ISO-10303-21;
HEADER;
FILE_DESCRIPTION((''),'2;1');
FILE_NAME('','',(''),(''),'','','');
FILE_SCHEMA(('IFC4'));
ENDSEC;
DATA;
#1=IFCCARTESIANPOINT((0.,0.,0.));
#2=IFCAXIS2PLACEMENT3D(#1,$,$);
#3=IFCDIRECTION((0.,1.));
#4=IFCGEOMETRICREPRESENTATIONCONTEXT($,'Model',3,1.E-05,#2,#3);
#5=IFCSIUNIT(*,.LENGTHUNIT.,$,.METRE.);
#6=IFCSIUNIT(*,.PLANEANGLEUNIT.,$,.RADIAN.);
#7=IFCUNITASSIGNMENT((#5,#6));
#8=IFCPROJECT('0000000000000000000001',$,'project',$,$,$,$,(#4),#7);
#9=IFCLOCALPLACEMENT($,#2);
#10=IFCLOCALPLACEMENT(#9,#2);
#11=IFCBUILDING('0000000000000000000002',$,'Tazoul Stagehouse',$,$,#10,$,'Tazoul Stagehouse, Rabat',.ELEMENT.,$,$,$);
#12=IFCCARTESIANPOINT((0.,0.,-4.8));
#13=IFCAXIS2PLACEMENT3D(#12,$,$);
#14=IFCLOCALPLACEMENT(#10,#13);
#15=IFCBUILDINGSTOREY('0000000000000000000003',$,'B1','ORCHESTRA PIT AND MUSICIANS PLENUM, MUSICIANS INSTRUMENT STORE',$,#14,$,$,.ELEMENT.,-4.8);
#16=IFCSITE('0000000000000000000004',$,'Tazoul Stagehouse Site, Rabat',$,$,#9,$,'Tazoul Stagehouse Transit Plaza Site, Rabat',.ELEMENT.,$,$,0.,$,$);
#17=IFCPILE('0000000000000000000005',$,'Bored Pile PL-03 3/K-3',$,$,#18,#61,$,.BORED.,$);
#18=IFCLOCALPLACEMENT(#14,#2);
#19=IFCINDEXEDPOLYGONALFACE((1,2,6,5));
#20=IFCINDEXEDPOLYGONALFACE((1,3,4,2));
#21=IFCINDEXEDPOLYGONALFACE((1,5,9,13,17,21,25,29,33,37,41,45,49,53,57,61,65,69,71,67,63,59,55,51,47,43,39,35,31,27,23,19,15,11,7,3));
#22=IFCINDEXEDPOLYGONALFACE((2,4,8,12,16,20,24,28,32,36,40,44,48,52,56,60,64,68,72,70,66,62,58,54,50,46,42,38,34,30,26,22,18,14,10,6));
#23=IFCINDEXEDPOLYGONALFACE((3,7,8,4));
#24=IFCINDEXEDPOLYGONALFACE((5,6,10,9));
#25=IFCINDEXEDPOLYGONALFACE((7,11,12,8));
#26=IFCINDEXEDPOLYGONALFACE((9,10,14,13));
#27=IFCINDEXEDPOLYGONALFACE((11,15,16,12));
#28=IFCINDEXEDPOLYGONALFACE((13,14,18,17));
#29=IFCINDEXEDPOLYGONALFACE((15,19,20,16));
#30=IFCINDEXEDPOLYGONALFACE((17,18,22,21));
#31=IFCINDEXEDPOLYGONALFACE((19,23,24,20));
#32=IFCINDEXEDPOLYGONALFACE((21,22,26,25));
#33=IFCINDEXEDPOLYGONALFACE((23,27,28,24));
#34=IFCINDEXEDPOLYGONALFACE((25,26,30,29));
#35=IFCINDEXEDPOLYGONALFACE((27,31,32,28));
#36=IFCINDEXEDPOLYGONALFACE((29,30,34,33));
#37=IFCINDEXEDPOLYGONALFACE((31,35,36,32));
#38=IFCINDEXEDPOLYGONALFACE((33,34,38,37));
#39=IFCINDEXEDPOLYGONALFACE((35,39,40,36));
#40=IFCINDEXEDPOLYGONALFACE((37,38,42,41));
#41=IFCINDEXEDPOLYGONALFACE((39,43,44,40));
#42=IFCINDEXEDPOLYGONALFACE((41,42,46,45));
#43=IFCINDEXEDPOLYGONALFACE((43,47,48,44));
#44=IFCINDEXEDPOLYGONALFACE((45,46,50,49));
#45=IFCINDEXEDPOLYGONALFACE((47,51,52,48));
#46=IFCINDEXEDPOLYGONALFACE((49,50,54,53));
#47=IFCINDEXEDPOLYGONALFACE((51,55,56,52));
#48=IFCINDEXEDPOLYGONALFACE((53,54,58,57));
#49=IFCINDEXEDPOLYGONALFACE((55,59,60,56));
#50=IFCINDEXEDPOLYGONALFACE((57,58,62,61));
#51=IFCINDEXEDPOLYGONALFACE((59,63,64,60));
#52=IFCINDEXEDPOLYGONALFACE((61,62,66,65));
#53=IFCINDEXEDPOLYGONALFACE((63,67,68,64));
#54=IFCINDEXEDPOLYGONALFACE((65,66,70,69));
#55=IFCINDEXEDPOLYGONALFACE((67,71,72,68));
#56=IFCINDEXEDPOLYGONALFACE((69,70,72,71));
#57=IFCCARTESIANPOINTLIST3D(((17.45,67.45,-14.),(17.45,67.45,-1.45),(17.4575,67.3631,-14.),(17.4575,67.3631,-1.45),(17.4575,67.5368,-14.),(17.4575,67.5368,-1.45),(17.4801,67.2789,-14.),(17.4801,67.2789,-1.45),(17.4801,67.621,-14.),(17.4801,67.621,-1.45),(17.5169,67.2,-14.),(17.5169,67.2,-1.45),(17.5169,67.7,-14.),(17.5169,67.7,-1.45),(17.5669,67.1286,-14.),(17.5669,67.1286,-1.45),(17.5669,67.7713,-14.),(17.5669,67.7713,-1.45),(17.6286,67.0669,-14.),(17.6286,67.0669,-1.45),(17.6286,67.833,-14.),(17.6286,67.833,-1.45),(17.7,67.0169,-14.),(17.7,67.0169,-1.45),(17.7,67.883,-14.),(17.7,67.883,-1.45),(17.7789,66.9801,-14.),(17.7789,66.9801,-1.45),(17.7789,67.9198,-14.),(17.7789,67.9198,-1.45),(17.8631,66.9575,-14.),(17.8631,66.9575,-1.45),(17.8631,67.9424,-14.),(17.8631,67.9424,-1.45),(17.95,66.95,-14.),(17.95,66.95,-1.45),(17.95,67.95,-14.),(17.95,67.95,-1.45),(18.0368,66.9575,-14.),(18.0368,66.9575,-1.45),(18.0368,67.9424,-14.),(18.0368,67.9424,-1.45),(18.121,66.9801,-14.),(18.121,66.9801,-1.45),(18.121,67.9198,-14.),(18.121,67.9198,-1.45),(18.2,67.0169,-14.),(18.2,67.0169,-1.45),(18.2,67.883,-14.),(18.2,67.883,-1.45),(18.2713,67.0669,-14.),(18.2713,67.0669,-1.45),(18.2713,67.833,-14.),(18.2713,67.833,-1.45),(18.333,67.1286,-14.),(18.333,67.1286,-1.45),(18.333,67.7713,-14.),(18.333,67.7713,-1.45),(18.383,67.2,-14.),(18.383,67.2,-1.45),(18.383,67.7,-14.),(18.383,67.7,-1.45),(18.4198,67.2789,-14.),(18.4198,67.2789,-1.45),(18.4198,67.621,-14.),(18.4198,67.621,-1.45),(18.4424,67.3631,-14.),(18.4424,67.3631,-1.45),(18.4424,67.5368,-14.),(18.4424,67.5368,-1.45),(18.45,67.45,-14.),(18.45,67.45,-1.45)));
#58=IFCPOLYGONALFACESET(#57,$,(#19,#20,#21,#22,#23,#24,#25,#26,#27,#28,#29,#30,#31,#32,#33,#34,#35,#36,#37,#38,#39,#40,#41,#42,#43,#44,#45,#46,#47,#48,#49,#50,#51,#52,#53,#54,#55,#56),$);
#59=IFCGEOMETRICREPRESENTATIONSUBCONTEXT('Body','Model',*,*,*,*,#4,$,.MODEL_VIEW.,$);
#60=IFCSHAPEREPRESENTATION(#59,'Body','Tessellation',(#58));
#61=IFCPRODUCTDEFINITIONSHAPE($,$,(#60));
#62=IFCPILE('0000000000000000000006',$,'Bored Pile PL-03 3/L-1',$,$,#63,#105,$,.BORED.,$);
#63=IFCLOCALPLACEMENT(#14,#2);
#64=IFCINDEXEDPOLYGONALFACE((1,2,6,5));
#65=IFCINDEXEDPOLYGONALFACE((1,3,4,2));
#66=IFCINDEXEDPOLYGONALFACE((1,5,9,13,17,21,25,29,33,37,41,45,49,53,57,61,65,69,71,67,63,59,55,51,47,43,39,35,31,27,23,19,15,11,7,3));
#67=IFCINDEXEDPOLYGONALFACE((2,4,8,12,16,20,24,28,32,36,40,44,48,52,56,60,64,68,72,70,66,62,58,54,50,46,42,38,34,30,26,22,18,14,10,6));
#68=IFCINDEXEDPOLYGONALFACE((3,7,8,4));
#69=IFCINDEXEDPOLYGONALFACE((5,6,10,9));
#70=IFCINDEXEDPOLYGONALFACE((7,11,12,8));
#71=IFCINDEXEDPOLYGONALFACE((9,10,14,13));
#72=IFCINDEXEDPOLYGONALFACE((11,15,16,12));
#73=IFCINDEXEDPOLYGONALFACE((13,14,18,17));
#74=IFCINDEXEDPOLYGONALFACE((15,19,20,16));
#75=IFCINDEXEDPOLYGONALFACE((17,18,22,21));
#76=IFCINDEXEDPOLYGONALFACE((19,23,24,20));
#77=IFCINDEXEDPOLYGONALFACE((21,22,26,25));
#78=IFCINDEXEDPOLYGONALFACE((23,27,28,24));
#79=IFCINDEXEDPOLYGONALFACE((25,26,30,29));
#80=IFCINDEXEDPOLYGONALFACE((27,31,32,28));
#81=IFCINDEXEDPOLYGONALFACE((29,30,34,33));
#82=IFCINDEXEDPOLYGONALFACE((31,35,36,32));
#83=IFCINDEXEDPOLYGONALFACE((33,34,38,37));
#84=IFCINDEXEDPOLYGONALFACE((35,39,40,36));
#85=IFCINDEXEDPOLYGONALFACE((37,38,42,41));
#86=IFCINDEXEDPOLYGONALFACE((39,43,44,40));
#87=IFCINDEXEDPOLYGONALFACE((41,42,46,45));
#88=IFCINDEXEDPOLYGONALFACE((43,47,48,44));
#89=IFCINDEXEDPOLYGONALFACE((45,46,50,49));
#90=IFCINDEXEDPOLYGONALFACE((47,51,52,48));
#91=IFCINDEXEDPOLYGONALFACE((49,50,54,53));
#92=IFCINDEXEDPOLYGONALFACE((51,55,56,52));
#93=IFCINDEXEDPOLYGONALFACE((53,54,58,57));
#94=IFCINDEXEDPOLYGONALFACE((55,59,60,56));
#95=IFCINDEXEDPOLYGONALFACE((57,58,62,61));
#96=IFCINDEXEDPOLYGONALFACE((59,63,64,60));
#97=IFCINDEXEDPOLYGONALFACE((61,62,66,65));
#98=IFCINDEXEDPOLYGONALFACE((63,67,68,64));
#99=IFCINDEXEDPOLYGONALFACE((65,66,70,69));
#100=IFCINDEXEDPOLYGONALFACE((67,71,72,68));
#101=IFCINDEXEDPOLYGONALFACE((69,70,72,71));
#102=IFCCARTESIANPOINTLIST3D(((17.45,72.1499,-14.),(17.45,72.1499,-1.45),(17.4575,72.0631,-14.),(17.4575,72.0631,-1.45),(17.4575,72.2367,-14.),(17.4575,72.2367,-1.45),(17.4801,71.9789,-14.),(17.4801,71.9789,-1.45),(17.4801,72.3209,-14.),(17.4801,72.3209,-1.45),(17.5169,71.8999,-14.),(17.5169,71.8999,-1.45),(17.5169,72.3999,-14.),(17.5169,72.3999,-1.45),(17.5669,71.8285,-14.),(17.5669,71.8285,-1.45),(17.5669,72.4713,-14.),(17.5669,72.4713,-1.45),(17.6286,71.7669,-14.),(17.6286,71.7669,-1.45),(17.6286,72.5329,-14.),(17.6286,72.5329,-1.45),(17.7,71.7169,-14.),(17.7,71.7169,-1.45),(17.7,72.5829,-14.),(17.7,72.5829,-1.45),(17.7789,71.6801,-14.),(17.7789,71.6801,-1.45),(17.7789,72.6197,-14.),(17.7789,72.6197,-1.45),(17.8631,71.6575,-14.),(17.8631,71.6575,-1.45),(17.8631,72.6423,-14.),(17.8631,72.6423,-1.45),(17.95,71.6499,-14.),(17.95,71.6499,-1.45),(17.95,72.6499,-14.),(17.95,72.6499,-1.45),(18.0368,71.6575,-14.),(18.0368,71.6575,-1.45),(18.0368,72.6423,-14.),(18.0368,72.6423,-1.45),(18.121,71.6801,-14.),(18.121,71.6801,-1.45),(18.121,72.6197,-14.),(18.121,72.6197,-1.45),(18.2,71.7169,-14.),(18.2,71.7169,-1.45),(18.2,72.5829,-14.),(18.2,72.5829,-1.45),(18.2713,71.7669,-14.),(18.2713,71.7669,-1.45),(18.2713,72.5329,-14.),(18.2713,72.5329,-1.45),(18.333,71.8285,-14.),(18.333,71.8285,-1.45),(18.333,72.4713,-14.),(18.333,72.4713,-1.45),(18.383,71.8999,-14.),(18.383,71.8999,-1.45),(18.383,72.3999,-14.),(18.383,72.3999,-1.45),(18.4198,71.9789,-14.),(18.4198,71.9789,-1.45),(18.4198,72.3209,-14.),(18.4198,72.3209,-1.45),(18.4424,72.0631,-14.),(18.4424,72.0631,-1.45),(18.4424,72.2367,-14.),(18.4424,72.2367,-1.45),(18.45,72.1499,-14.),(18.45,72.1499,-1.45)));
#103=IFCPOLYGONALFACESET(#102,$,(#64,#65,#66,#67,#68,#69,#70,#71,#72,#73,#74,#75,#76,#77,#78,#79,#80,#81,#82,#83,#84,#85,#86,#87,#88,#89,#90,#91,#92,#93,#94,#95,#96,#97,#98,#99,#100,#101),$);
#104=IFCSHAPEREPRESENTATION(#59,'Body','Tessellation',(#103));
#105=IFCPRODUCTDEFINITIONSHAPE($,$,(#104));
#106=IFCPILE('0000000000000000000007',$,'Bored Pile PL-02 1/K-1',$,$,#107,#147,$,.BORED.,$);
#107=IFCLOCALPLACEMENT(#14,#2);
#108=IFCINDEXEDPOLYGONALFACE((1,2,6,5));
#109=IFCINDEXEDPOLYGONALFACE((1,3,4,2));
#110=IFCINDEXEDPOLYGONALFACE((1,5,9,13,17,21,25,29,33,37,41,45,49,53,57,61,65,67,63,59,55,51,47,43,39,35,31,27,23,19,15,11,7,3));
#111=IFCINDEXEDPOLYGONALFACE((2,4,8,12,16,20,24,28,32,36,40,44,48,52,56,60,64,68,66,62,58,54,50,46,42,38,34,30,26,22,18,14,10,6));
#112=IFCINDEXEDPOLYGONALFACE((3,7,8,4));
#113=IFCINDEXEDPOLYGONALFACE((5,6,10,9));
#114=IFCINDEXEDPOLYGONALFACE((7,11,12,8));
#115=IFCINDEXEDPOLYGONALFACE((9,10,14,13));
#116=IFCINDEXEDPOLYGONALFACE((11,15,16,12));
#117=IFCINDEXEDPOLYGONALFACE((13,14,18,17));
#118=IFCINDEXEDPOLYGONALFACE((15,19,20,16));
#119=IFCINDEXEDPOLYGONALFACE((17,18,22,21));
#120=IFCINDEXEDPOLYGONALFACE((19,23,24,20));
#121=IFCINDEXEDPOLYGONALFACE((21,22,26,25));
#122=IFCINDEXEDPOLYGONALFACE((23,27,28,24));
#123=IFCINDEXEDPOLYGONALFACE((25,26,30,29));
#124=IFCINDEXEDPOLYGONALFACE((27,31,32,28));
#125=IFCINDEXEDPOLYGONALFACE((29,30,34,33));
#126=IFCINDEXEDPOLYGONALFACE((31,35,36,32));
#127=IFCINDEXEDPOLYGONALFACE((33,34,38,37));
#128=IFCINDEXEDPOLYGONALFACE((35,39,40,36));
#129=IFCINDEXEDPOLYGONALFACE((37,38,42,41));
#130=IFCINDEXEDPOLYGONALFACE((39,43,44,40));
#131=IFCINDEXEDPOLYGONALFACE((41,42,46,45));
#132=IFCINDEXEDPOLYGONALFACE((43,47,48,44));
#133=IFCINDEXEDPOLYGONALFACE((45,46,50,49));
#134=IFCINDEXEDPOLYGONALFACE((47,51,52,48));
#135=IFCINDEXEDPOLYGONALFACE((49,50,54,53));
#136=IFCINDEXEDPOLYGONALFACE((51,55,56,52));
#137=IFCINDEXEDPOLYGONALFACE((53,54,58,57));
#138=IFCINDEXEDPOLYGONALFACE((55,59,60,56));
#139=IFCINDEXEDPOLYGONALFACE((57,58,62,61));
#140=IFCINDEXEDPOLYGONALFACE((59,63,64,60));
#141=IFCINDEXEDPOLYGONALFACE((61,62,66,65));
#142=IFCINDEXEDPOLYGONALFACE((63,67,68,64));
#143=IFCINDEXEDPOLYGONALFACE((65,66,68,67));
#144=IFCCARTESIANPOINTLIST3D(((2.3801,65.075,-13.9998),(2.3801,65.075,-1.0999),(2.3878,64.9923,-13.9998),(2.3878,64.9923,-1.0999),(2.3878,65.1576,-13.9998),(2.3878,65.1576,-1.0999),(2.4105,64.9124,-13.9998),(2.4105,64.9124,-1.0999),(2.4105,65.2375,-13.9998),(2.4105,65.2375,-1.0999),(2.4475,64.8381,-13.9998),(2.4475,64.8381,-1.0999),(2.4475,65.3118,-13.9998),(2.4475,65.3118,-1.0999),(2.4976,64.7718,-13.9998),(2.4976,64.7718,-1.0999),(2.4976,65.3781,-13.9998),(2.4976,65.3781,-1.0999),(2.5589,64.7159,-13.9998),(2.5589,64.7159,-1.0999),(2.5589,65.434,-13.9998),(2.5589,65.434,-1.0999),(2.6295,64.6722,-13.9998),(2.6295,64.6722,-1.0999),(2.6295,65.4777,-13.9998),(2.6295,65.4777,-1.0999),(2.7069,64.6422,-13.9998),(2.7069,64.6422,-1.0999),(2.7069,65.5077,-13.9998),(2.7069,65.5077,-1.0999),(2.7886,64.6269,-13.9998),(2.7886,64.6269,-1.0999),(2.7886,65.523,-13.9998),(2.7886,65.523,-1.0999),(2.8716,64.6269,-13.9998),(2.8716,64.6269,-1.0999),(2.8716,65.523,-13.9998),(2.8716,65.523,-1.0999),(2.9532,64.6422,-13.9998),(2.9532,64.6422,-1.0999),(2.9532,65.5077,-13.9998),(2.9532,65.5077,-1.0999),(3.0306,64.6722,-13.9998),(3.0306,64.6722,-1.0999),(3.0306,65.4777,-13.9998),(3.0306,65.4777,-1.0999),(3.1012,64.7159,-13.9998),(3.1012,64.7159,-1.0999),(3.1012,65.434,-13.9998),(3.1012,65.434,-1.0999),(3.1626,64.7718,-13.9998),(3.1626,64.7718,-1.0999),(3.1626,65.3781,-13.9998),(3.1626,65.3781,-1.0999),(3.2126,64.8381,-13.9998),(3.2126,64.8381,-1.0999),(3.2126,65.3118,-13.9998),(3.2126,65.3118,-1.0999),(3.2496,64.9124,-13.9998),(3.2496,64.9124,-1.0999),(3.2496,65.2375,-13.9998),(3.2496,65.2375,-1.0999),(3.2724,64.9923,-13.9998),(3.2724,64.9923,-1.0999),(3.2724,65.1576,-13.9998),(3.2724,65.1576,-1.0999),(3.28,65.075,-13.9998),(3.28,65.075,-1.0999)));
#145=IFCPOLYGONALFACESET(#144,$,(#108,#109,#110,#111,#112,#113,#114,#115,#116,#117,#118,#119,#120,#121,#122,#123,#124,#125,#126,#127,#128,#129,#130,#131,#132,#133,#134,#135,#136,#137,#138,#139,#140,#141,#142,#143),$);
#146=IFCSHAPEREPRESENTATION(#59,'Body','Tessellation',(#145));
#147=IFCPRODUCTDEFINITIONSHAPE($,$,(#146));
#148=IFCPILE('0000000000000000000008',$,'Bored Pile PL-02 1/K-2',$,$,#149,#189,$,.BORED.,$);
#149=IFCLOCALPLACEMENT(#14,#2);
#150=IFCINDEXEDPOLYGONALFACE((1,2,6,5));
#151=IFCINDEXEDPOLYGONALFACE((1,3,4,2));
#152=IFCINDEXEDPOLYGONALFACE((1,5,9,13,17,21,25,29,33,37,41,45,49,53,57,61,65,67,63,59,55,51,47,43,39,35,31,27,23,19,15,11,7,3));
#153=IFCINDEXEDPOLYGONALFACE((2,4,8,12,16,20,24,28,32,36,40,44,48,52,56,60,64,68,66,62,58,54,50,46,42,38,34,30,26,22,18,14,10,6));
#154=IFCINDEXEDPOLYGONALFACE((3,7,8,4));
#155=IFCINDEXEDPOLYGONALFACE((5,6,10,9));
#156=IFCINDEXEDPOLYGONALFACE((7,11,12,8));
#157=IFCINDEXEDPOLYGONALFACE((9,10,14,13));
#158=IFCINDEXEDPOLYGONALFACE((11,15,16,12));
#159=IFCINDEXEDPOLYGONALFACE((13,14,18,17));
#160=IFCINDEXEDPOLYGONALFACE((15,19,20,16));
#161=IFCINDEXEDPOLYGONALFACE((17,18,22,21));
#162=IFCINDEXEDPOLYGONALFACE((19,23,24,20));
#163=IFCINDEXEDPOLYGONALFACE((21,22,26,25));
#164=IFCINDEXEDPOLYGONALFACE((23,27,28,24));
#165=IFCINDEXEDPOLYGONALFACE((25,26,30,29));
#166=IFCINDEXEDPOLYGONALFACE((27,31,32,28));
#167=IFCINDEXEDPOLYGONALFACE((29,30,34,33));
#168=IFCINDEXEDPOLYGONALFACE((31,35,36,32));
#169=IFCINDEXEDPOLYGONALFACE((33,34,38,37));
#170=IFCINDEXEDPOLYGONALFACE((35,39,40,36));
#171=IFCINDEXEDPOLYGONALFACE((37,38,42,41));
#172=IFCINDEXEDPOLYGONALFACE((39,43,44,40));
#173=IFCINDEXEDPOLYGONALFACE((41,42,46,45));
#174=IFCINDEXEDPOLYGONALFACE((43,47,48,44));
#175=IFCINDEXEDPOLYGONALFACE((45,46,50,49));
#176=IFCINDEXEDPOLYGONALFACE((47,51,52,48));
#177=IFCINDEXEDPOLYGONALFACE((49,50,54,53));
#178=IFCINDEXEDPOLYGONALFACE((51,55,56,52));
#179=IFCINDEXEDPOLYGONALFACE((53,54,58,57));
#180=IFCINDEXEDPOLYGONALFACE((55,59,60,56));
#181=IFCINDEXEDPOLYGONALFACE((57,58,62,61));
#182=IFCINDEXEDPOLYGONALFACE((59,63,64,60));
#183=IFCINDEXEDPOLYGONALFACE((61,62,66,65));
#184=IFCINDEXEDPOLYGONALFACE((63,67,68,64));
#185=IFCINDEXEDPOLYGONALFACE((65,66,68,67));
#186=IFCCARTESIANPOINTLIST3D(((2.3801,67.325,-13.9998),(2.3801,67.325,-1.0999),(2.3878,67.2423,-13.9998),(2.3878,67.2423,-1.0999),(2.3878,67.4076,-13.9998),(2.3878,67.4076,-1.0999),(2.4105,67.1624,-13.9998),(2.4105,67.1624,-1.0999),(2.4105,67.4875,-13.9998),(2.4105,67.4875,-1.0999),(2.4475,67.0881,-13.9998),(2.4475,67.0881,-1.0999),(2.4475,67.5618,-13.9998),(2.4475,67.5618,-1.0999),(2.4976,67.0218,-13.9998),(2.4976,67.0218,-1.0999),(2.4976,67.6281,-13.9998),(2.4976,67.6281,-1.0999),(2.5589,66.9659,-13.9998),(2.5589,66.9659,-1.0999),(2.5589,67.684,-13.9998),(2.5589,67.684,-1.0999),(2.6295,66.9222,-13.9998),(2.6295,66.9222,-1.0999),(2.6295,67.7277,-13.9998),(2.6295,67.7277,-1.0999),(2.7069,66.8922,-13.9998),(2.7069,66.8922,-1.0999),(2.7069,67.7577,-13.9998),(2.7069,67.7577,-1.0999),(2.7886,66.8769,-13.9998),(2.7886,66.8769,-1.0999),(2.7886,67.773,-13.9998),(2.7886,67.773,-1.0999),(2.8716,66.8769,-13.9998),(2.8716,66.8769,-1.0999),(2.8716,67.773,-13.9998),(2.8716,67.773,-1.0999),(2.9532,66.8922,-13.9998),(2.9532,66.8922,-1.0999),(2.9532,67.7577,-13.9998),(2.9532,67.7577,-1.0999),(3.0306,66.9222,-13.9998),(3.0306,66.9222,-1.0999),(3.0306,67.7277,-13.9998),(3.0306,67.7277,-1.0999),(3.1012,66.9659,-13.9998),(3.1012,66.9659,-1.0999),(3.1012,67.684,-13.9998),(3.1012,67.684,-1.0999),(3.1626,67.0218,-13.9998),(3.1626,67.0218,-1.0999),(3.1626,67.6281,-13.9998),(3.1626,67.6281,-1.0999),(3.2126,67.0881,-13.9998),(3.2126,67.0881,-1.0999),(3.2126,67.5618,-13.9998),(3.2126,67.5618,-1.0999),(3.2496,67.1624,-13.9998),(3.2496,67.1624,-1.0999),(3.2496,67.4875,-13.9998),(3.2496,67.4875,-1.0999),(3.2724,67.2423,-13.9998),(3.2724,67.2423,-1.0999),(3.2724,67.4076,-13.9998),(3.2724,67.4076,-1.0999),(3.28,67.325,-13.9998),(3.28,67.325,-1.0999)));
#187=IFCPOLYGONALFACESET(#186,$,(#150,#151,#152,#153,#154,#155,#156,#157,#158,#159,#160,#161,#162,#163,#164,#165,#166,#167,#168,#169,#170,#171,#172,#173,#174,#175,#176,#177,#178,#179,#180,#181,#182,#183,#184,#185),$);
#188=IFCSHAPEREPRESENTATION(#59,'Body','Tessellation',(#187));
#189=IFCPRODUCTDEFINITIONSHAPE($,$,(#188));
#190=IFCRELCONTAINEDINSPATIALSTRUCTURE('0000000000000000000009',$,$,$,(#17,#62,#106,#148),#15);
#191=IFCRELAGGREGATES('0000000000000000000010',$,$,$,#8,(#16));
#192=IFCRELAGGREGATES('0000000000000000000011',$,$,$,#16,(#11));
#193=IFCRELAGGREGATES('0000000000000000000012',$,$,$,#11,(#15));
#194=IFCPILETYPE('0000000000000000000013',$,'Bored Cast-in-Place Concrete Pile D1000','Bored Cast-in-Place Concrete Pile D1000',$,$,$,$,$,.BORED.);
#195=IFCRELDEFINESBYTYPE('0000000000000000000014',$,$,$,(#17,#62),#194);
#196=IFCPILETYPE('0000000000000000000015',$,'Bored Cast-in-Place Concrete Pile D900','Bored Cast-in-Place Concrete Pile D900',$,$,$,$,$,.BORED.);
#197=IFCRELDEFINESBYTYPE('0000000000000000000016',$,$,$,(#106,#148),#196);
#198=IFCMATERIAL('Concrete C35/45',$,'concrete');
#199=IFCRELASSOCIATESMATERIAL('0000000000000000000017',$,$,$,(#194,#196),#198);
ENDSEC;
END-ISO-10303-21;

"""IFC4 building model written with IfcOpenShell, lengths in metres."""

from ifc_helpers import new_model, si_unit, direction, frame, origin, origin_2d, place, context, subcontext, project, spatial, circle, extrude, material, material_profile, profile_set, type_object, element, save


model = new_model("IFC4")

# Units and contexts
model_context = context("Model", 3, precision=1e-05, world=origin(), true_north=direction((0.0, 1.0)))
body_context = subcontext(model_context, "Body", "Model", "MODEL_VIEW")
ifc_project = project(units=[si_unit("LENGTHUNIT", "METRE"), si_unit("PLANEANGLEUNIT", "RADIAN")], contexts=[model_context])

# Site, building, storey
site_placement = place(None, origin())
site = spatial("IfcSite", under=ifc_project, at=site_placement, Name="Tazoul Stagehouse Site, Rabat", LongName="Tazoul Stagehouse Transit Plaza Site, Rabat", CompositionType="ELEMENT", RefElevation=0.0)
building_placement = place(site_placement, origin())
building = spatial("IfcBuilding", under=site, at=building_placement, Name="Tazoul Stagehouse", LongName="Tazoul Stagehouse, Rabat", CompositionType="ELEMENT")
storey_placement = place(building_placement, frame((0.0, 0.0, -4.8)))
storey = spatial("IfcBuildingStorey", under=building, at=storey_placement, Name="B1", Description="ORCHESTRA PIT AND MUSICIANS PLENUM, MUSICIANS INSTRUMENT STORE", CompositionType="ELEMENT", Elevation=-4.8)

# Piles
ifc_material_1 = material(Name="Concrete C35/45", Category="concrete")
ifc_material_profile_1 = material_profile(ifc_material_1, circle(Radius=0.5, at=origin_2d()), Name="BORED PILE 1000")
ifc_profile_set_1 = profile_set([ifc_material_profile_1], Name="Concrete C35/45")
pile_type_1 = type_object("IfcPileType", Name="Bored Cast-in-Place Concrete Pile D1000", Description="Bored Cast-in-Place Concrete Pile D1000", PredefinedType="BORED", material=ifc_profile_set_1)
for number, where, z_axis, x_axis, name in (
    (1, (17.95, 67.45, -1.45), (0.0, 0.0, -1.0), (1.0, 0.0, 0.0), "Bored Pile PL-03 3/K-3"),
    (2, (17.95, 72.1499, -1.45), (0.0, 0.0, -1.0), (1.0, 0.0, 0.0), "Bored Pile PL-03 3/L-1"),
):
    element("IfcPile", number, at=place(storey_placement, frame(where, z_axis=z_axis, x_axis=x_axis)), inside=storey, type_object=pile_type_1, Name=name, PredefinedType="BORED", context=body_context, shape_type="SweptSolid", body=[
        extrude(circle(Radius=0.5, at=origin_2d()), origin(), (0.0, 0.0, 1.0), 12.55),
    ])
ifc_material_profile_2 = material_profile(ifc_material_1, circle(Radius=0.45, at=origin_2d()), Name="BORED PILE 900")
ifc_profile_set_2 = profile_set([ifc_material_profile_2], Name="Concrete C35/45")
pile_type_2 = type_object("IfcPileType", Name="Bored Cast-in-Place Concrete Pile D900", Description="Bored Cast-in-Place Concrete Pile D900", PredefinedType="BORED", material=ifc_profile_set_2)
for number, where, z_axis, x_axis, name in (
    (3, (2.8301, 65.075, -1.0999), (0.0, 0.0, -1.0), (1.0, 0.0, 0.0), "Bored Pile PL-02 1/K-1"),
    (4, (2.8301, 67.325, -1.0999), (0.0, 0.0, -1.0), (1.0, 0.0, 0.0), "Bored Pile PL-02 1/K-2"),
):
    element("IfcPile", number, at=place(storey_placement, frame(where, z_axis=z_axis, x_axis=x_axis)), inside=storey, type_object=pile_type_2, Name=name, PredefinedType="BORED", context=body_context, shape_type="SweptSolid", body=[
        extrude(circle(Radius=0.45, at=origin_2d()), origin(), (0.0, 0.0, 1.0), 12.8999),
    ])

save(model, "model.ifc")
